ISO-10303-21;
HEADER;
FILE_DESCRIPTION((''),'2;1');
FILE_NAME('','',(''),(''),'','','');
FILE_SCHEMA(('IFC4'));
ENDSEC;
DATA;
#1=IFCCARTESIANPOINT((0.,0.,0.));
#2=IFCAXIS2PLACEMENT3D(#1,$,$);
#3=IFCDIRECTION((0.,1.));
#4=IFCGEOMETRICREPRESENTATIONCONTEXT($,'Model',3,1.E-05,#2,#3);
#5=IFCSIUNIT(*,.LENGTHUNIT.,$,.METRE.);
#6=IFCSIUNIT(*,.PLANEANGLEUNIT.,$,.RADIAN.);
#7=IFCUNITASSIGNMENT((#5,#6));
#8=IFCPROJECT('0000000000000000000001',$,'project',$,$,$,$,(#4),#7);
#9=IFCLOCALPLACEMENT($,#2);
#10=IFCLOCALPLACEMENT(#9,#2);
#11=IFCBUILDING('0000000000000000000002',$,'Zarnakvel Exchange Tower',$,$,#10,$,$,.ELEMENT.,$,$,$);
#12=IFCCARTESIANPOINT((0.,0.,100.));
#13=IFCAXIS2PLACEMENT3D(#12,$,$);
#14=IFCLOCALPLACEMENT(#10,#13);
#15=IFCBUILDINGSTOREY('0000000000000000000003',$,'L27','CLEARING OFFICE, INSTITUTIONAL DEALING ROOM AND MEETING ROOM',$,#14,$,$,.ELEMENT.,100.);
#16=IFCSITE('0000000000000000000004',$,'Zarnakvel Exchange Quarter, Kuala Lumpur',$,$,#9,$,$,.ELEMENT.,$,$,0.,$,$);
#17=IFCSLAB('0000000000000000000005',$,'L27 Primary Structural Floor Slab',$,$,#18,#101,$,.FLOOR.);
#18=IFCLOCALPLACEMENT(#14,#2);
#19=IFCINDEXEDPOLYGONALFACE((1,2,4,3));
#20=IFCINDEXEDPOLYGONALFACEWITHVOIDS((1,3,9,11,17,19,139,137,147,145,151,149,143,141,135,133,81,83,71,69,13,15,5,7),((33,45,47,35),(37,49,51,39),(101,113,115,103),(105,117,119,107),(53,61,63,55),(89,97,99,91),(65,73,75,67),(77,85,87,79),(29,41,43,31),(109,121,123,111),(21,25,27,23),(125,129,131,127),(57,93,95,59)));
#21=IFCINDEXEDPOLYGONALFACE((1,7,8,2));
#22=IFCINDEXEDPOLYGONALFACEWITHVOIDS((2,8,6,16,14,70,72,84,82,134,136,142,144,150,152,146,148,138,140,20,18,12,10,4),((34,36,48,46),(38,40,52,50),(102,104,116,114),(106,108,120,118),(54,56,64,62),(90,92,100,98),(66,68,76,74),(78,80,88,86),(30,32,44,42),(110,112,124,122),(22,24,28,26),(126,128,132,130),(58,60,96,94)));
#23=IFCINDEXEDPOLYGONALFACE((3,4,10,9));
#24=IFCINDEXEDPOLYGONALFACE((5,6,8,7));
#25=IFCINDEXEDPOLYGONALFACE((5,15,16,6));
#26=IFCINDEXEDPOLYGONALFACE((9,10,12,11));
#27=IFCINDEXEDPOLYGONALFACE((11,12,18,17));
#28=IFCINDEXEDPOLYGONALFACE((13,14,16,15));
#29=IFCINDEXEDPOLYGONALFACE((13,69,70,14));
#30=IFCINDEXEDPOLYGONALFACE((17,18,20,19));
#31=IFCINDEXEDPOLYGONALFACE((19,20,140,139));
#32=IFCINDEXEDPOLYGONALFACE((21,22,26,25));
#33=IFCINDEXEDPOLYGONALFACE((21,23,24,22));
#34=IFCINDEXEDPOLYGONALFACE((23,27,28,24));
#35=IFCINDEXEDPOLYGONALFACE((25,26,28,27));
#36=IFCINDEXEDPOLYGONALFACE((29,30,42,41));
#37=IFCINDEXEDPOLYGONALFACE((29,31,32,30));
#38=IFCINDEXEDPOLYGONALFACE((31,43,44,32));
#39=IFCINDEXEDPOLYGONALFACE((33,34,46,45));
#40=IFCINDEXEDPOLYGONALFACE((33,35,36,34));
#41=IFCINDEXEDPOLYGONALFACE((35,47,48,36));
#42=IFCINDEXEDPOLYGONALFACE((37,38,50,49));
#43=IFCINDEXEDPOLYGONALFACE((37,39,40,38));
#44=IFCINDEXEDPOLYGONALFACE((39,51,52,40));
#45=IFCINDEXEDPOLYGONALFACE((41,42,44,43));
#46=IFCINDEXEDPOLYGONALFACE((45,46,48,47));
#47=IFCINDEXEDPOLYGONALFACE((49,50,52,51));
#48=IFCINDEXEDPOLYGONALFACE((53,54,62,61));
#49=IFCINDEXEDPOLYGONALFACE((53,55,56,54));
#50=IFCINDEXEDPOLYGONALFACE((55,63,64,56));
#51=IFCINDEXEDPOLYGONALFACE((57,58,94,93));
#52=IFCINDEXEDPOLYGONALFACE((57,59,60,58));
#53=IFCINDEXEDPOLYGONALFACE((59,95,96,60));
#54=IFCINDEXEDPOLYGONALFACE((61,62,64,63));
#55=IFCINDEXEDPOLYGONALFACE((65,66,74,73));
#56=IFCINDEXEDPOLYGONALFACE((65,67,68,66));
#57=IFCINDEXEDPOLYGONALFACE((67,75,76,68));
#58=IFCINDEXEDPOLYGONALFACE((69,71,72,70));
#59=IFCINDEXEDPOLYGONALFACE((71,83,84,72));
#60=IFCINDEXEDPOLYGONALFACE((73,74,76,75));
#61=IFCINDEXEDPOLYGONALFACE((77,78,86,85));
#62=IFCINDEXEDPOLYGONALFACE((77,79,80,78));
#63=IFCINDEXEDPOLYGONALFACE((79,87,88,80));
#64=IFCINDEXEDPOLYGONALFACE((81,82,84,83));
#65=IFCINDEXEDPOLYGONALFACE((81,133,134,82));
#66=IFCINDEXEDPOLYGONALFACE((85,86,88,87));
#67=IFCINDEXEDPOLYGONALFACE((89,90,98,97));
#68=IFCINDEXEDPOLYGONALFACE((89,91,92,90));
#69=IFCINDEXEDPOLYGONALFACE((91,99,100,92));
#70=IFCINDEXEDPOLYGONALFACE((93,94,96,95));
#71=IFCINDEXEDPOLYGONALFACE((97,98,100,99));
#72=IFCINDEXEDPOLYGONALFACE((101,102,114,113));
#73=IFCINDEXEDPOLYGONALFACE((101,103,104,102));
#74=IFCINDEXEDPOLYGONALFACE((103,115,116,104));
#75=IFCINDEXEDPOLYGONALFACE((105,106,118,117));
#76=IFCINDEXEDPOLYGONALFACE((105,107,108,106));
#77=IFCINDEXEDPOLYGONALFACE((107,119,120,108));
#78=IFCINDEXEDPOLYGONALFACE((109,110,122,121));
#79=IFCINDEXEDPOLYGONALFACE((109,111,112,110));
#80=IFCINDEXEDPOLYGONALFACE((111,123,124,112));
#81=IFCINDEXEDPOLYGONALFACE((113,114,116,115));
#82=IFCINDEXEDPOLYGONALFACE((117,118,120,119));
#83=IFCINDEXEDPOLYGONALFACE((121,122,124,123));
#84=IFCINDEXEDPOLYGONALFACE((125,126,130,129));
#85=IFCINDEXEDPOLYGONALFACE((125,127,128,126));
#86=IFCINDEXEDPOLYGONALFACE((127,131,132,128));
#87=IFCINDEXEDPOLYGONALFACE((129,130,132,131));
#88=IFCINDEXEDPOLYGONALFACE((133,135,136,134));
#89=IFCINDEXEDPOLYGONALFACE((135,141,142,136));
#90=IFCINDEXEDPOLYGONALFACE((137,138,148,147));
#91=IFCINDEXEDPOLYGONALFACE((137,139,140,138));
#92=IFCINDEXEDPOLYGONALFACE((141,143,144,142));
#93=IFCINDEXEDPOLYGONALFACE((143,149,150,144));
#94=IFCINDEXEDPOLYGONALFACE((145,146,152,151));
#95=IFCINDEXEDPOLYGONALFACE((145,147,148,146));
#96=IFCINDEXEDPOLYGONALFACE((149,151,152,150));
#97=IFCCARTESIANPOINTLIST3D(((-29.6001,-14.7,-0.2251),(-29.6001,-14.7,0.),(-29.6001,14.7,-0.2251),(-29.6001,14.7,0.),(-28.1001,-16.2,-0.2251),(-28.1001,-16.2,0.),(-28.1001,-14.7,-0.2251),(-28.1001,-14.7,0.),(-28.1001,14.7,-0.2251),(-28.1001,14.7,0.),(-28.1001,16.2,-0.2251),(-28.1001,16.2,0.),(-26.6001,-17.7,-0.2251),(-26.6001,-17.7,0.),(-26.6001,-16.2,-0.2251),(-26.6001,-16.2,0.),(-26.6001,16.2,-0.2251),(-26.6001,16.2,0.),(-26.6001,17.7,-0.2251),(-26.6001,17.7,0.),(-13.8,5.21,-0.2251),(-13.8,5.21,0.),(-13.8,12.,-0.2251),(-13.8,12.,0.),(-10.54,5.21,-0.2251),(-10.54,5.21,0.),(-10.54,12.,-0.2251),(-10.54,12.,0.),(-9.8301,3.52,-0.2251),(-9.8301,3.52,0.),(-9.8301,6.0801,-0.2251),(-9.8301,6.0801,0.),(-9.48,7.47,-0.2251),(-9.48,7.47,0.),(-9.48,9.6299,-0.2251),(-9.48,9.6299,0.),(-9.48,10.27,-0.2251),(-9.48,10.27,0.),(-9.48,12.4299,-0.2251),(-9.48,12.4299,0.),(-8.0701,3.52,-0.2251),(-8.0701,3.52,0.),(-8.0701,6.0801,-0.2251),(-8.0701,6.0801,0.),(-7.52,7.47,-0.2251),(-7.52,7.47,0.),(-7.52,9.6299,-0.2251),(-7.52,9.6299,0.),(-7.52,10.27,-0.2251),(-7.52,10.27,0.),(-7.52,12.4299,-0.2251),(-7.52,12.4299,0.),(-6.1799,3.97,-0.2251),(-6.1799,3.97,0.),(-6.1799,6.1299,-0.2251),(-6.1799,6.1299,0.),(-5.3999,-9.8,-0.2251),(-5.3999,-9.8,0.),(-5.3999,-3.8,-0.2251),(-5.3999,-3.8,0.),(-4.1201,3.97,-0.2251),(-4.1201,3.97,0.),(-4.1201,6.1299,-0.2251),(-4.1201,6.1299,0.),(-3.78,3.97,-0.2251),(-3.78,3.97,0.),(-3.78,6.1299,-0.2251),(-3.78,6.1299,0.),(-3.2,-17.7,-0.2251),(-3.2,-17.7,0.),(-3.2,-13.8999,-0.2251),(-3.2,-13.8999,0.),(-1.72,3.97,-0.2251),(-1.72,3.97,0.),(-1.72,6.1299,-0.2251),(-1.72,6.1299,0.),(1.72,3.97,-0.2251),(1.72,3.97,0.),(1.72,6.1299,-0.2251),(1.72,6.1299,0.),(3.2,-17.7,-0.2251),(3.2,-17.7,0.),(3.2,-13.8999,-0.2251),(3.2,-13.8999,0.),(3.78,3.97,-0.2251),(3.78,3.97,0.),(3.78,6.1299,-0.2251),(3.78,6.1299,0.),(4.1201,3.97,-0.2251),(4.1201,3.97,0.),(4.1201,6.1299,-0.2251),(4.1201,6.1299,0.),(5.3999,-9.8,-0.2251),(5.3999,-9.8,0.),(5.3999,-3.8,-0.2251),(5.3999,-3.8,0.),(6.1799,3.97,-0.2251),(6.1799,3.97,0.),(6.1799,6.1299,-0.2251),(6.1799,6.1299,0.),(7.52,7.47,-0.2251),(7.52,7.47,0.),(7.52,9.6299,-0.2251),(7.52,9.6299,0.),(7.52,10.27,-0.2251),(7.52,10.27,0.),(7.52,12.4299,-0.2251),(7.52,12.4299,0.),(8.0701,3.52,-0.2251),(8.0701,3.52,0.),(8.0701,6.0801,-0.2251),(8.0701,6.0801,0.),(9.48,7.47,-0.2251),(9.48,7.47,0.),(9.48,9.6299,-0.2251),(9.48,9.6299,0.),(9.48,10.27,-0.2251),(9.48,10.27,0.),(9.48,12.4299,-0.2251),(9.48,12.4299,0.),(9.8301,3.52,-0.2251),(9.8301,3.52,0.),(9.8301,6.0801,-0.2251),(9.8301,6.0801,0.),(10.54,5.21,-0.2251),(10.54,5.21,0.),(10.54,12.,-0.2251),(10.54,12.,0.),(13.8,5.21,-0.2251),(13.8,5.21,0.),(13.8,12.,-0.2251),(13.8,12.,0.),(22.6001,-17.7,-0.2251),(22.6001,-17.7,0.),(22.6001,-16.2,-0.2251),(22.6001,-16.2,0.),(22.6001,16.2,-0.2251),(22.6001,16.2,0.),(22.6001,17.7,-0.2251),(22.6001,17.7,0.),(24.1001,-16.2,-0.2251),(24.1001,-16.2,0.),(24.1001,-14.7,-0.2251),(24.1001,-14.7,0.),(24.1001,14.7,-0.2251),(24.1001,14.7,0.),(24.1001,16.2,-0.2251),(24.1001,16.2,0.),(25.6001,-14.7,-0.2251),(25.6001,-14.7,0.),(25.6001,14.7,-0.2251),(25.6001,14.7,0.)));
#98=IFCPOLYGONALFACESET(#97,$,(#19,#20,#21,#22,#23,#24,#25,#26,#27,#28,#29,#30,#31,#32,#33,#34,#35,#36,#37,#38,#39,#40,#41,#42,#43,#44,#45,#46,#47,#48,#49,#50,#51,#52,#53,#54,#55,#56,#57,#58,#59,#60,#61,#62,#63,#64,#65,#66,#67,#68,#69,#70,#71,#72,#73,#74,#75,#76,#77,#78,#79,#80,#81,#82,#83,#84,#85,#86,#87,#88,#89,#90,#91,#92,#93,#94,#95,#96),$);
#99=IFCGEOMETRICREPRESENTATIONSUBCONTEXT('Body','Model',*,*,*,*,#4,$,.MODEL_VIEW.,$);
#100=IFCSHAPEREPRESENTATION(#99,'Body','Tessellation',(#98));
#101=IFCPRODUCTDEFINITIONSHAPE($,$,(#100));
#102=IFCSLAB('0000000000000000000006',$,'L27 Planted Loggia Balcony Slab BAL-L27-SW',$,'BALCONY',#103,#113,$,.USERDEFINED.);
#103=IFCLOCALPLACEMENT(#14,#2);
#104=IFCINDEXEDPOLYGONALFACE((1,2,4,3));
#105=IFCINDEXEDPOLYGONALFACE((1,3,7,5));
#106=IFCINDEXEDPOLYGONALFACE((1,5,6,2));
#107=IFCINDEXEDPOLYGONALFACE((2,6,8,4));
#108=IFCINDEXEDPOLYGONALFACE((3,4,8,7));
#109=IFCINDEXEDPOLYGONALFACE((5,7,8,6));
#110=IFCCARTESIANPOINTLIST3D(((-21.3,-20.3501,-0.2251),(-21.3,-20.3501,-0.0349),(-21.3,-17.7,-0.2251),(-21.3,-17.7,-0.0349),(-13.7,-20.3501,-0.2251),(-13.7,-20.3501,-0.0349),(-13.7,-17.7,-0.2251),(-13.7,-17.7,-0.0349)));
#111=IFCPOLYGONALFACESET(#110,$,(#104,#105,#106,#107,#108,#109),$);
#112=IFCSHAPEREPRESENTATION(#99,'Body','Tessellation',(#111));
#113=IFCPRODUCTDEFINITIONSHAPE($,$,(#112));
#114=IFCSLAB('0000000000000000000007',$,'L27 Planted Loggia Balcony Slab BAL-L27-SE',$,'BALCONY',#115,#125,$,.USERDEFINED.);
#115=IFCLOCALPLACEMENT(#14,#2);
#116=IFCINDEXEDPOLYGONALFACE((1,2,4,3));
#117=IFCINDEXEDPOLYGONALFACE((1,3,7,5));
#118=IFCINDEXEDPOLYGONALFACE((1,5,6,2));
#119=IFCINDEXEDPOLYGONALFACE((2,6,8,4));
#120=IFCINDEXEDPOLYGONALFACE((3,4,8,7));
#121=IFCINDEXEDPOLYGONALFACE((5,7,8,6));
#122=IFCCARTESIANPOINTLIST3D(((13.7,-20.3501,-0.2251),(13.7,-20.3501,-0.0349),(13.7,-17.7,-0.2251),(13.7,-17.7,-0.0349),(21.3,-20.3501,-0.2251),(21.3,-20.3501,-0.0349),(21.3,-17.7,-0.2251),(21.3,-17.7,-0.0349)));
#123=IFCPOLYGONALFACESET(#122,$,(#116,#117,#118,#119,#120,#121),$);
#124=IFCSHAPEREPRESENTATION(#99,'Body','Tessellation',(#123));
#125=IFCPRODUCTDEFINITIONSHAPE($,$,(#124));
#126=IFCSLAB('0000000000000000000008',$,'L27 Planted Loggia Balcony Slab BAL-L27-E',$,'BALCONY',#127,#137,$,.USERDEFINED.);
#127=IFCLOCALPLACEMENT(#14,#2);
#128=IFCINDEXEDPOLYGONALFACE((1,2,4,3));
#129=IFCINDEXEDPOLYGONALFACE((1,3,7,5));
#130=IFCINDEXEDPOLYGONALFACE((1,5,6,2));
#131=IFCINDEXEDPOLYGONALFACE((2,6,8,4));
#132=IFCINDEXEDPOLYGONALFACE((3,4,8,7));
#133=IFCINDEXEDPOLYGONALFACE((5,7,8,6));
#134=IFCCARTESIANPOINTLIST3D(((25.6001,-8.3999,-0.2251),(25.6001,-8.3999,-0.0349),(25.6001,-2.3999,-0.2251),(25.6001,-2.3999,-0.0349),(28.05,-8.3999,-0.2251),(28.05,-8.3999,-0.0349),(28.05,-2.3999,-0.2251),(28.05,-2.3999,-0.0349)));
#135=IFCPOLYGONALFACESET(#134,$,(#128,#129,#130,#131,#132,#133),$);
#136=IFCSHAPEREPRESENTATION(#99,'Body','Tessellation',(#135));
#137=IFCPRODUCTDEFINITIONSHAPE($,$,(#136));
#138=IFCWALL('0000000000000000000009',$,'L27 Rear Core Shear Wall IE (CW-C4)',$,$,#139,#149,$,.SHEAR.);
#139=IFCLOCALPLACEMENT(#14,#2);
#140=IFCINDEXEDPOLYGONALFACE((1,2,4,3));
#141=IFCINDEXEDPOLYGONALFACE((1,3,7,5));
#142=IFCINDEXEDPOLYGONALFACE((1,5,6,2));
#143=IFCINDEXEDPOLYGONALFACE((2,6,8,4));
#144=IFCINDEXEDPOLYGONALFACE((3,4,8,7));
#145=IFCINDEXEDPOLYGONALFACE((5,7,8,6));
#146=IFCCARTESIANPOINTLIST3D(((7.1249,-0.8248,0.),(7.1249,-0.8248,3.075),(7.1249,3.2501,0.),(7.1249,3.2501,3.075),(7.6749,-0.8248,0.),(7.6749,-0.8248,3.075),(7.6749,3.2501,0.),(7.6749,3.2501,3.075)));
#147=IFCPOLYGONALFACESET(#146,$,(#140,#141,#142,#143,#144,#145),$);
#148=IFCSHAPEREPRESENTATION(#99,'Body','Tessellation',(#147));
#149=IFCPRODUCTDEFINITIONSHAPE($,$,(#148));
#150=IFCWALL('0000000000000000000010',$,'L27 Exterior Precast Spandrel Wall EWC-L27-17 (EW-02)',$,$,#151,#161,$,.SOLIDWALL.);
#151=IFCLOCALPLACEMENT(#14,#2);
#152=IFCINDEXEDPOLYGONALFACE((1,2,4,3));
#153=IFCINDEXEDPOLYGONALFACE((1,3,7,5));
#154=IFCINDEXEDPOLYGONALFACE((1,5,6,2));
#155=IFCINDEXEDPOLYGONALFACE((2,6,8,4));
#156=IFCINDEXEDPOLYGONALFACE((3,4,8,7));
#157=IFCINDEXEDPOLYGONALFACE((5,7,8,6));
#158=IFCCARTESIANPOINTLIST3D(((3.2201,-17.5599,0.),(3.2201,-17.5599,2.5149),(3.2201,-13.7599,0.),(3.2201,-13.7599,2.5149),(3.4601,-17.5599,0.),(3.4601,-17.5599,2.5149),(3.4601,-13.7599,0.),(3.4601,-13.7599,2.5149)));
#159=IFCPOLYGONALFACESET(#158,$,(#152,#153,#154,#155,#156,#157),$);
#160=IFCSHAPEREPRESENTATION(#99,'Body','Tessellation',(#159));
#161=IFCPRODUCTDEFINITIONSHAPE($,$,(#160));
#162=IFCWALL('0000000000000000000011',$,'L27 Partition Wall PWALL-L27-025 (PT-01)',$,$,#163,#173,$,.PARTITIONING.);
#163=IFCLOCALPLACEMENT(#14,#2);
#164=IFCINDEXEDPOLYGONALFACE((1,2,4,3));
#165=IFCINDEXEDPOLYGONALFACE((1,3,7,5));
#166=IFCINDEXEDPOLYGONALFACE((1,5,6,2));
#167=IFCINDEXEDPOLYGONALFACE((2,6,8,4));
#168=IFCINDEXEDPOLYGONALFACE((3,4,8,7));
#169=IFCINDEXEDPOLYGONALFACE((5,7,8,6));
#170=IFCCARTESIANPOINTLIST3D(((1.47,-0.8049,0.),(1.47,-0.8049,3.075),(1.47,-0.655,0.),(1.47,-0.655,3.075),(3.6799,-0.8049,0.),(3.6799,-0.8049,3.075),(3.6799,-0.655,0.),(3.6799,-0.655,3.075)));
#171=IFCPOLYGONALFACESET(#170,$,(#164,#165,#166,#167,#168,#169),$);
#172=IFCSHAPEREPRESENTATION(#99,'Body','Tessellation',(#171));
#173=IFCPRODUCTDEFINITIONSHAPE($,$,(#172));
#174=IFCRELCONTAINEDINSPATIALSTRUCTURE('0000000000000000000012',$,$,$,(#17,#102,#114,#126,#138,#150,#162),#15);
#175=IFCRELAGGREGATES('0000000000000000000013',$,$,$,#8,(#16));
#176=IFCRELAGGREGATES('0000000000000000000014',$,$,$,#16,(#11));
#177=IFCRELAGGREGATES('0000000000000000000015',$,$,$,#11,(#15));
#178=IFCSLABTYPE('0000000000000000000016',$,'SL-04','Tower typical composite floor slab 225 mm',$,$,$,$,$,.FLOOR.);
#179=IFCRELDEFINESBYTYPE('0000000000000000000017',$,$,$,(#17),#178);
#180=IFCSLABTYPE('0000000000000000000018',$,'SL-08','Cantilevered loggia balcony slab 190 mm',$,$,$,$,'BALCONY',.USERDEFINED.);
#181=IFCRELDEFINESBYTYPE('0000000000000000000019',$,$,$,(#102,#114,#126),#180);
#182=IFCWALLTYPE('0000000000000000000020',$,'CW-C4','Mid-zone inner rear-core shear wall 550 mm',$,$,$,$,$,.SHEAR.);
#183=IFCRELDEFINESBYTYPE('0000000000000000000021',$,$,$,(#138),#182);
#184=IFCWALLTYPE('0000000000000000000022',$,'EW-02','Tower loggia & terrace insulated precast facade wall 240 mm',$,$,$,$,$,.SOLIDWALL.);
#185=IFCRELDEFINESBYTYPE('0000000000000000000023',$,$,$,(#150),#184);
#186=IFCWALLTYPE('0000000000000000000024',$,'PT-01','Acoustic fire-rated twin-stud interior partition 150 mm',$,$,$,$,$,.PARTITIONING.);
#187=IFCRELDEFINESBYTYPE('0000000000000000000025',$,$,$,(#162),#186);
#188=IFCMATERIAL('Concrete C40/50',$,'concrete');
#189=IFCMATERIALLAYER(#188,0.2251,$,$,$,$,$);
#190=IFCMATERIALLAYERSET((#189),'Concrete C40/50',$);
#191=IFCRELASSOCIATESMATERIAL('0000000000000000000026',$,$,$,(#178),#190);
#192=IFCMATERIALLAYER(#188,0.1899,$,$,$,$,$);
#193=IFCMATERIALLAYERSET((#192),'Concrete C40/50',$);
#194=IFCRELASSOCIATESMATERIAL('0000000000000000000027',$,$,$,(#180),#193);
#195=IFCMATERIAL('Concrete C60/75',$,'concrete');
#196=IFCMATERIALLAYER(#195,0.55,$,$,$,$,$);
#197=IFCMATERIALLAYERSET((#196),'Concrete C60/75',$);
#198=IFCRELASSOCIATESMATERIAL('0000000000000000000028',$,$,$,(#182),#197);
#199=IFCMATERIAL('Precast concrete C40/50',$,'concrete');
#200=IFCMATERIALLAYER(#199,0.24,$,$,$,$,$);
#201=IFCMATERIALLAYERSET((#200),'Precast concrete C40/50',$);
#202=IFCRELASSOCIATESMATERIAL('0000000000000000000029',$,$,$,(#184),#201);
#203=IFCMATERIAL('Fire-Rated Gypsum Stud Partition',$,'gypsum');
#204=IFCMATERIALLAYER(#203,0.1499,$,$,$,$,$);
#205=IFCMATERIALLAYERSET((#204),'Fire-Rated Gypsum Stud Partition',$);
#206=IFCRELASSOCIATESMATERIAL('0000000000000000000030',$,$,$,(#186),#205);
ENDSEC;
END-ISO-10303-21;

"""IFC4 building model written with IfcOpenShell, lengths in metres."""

from ifc_helpers import new_model, si_unit, direction, frame, frame_2d, origin, place, context, subcontext, project, spatial, polyline, rectangle, outline, extrude, material, layer, layer_set, type_object, element, save


model = new_model("IFC4")

# Units and contexts
model_context = context("Model", 3, precision=1e-05, world=origin(), true_north=direction((0.0, 1.0)))
body_context = subcontext(model_context, "Body", "Model", "MODEL_VIEW")
ifc_project = project(units=[si_unit("LENGTHUNIT", "METRE"), si_unit("PLANEANGLEUNIT", "RADIAN")], contexts=[model_context])

# Site, building, storey
site_placement = place(None, origin())
site = spatial("IfcSite", under=ifc_project, at=site_placement, Name="Zarnakvel Exchange Quarter, Kuala Lumpur", CompositionType="ELEMENT", RefElevation=0.0)
building_placement = place(site_placement, origin())
building = spatial("IfcBuilding", under=site, at=building_placement, Name="Zarnakvel Exchange Tower", CompositionType="ELEMENT")
storey_placement = place(building_placement, frame((0.0, 0.0, 100.0)))
storey = spatial("IfcBuildingStorey", under=building, at=storey_placement, Name="L27", Description="CLEARING OFFICE, INSTITUTIONAL DEALING ROOM AND MEETING ROOM", CompositionType="ELEMENT", Elevation=100.0)

# Shared definitions
ifc_material_1 = material(Name="Concrete C60/75", Category="concrete")

# Shared definitions
ifc_material_2 = material(Name="Concrete C40/50", Category="concrete")

# Slabs
ifc_layer_1 = layer(ifc_material_2, 0.2251)
ifc_layer_set_1 = layer_set([ifc_layer_1], Name="Concrete C40/50")
slab_type_1 = type_object("IfcSlabType", Name="SL-04", Description="Tower typical composite floor slab 225 mm", PredefinedType="FLOOR", material=ifc_layer_set_1)
slab_1_placement = place(storey_placement, frame((0.0, 0.0, -0.2251)))
element("IfcSlab", 1, at=slab_1_placement, inside=storey, type_object=slab_type_1, Name="L27 Primary Structural Floor Slab", PredefinedType="FLOOR", context=body_context, shape_type="SweptSolid", body=[
    extrude(outline(polyline([(-29.6001, -14.7), (-28.1001, -14.7), (-28.1001, -16.2), (-26.6001, -16.2), (-26.6001, -17.7), (-3.2, -17.7), (-3.2, -13.8999), (3.2, -13.8999), (3.2, -17.7), (22.6001, -17.7), (22.6001, -16.2), (24.1001, -16.2), (24.1001, -14.7), (25.6001, -14.7), (25.6001, 14.7), (24.1001, 14.7), (24.1001, 16.2), (22.6001, 16.2), (22.6001, 17.7), (-26.6001, 17.7), (-26.6001, 16.2), (-28.1001, 16.2), (-28.1001, 14.7), (-29.6001, 14.7), (-29.6001, -14.7)]), holes=[polyline([(-5.3999, -9.8), (5.3999, -9.8), (5.3999, -3.8), (-5.3999, -3.8), (-5.3999, -9.8)]), polyline([(-13.8, 5.21), (-10.54, 5.21), (-10.54, 12.0), (-13.8, 12.0), (-13.8, 5.21)]), polyline([(10.54, 5.21), (13.8, 5.21), (13.8, 12.0), (10.54, 12.0), (10.54, 5.21)]), polyline([(-9.8301, 3.52), (-8.0701, 3.52), (-8.0701, 6.0801), (-9.8301, 6.0801), (-9.8301, 3.52)]), polyline([(8.0701, 3.52), (9.8301, 3.52), (9.8301, 6.0801), (8.0701, 6.0801), (8.0701, 3.52)]), polyline([(-6.1799, 3.97), (-4.1201, 3.97), (-4.1201, 6.1299), (-6.1799, 6.1299), (-6.1799, 3.97)]), polyline([(-3.78, 3.97), (-1.72, 3.97), (-1.72, 6.1299), (-3.78, 6.1299), (-3.78, 3.97)]), polyline([(1.72, 3.97), (3.78, 3.97), (3.78, 6.1299), (1.72, 6.1299), (1.72, 3.97)]), polyline([(4.1201, 3.97), (6.1799, 3.97), (6.1799, 6.1299), (4.1201, 6.1299), (4.1201, 3.97)]), polyline([(-9.48, 7.47), (-7.52, 7.47), (-7.52, 9.6299), (-9.48, 9.6299), (-9.48, 7.47)]), polyline([(-9.48, 10.27), (-7.52, 10.27), (-7.52, 12.4299), (-9.48, 12.4299), (-9.48, 10.27)]), polyline([(7.52, 7.47), (9.48, 7.47), (9.48, 9.6299), (7.52, 9.6299), (7.52, 7.47)]), polyline([(7.52, 10.27), (9.48, 10.27), (9.48, 12.4299), (7.52, 12.4299), (7.52, 10.27)])]), origin(), (0.0, 0.0, 1.0), 0.2251),
])
ifc_layer_2 = layer(ifc_material_2, 0.1899)
ifc_layer_set_2 = layer_set([ifc_layer_2], Name="Concrete C40/50")
slab_type_2 = type_object("IfcSlabType", Name="SL-08", Description="Cantilevered loggia balcony slab 190 mm", ElementType="BALCONY", PredefinedType="USERDEFINED", material=ifc_layer_set_2)
slab_2_placement = place(storey_placement, frame((0.0, 0.0, -0.2251)))
element("IfcSlab", 2, at=slab_2_placement, inside=storey, type_object=slab_type_2, Name="L27 Planted Loggia Balcony Slab BAL-L27-SW", ObjectType="BALCONY", PredefinedType="USERDEFINED", context=body_context, shape_type="SweptSolid", body=[
    extrude(outline(polyline([(-21.3, -20.3501), (-13.7, -20.3501), (-13.7, -17.7), (-21.3, -17.7), (-21.3, -20.3501)])), origin(), (0.0, 0.0, 1.0), 0.1902),
])
slab_3_placement = place(storey_placement, frame((0.0, 0.0, -0.2251)))
element("IfcSlab", 3, at=slab_3_placement, inside=storey, type_object=slab_type_2, Name="L27 Planted Loggia Balcony Slab BAL-L27-SE", ObjectType="BALCONY", PredefinedType="USERDEFINED", context=body_context, shape_type="SweptSolid", body=[
    extrude(outline(polyline([(13.7, -20.3501), (21.3, -20.3501), (21.3, -17.7), (13.7, -17.7), (13.7, -20.3501)])), origin(), (0.0, 0.0, 1.0), 0.1902),
])
slab_4_placement = place(storey_placement, frame((0.0, 0.0, -0.2251)))
element("IfcSlab", 4, at=slab_4_placement, inside=storey, type_object=slab_type_2, Name="L27 Planted Loggia Balcony Slab BAL-L27-E", ObjectType="BALCONY", PredefinedType="USERDEFINED", context=body_context, shape_type="SweptSolid", body=[
    extrude(outline(polyline([(25.6001, -8.3999), (28.05, -8.3999), (28.05, -2.3999), (25.6001, -2.3999), (25.6001, -8.3999)])), origin(), (0.0, 0.0, 1.0), 0.1902),
])

# Walls
ifc_layer_3 = layer(ifc_material_1, 0.55)
ifc_layer_set_3 = layer_set([ifc_layer_3], Name="Concrete C60/75")
wall_type_1 = type_object("IfcWallType", Name="CW-C4", Description="Mid-zone inner rear-core shear wall 550 mm", PredefinedType="SHEAR", material=ifc_layer_set_3)
wall_1_placement = place(storey_placement, frame((7.3999, -0.825, 0.0), z_axis=(0.0, 0.0, 1.0), x_axis=(0.0, 1.0, 0.0)))
element("IfcWall", 5, at=wall_1_placement, inside=storey, type_object=wall_type_1, Name="L27 Rear Core Shear Wall IE (CW-C4)", PredefinedType="SHEAR", context=body_context, shape_type="SweptSolid", body=[
    extrude(rectangle(XDim=4.075, YDim=0.55, at=frame_2d((2.0376, 0.0))), origin(), (0.0, 0.0, 1.0), 3.075),
])
ifc_material_3 = material(Name="Precast concrete C40/50", Category="concrete")
ifc_layer_4 = layer(ifc_material_3, 0.24)
ifc_layer_set_4 = layer_set([ifc_layer_4], Name="Precast concrete C40/50")
wall_type_2 = type_object("IfcWallType", Name="EW-02", Description="Tower loggia & terrace insulated precast facade wall 240 mm", PredefinedType="SOLIDWALL", material=ifc_layer_set_4)
wall_2_placement = place(storey_placement, frame((3.3401, -13.76, 0.0), z_axis=(0.0, 0.0, 1.0), x_axis=(0.0, -1.0, 0.0)))
element("IfcWall", 6, at=wall_2_placement, inside=storey, type_object=wall_type_2, Name="L27 Exterior Precast Spandrel Wall EWC-L27-17 (EW-02)", PredefinedType="SOLIDWALL", context=body_context, shape_type="SweptSolid", body=[
    extrude(rectangle(XDim=3.8, YDim=0.24, at=frame_2d((1.8999, 0.0))), origin(), (0.0, 0.0, 1.0), 2.5149),
])
ifc_material_4 = material(Name="Fire-Rated Gypsum Stud Partition", Category="gypsum")
ifc_layer_5 = layer(ifc_material_4, 0.1499)
ifc_layer_set_5 = layer_set([ifc_layer_5], Name="Fire-Rated Gypsum Stud Partition")
wall_type_3 = type_object("IfcWallType", Name="PT-01", Description="Acoustic fire-rated twin-stud interior partition 150 mm", PredefinedType="PARTITIONING", material=ifc_layer_set_5)
for number, where, z_axis, x_axis, name in (
    (7, (3.6799, -0.73, 0.0), (0.0, 0.0, 1.0), (-1.0, 0.0, 0.0), "L27 Partition Wall PWALL-L27-025 (PT-01)"),
):
    element("IfcWall", number, at=place(storey_placement, frame(where, z_axis=z_axis, x_axis=x_axis)), inside=storey, type_object=wall_type_3, Name=name, PredefinedType="PARTITIONING", context=body_context, shape_type="SweptSolid", body=[
        extrude(rectangle(XDim=2.21, YDim=0.1499, at=frame_2d((1.105, 0.0))), origin(), (0.0, 0.0, 1.0), 3.075),
    ])

save(model, "model.ifc")
